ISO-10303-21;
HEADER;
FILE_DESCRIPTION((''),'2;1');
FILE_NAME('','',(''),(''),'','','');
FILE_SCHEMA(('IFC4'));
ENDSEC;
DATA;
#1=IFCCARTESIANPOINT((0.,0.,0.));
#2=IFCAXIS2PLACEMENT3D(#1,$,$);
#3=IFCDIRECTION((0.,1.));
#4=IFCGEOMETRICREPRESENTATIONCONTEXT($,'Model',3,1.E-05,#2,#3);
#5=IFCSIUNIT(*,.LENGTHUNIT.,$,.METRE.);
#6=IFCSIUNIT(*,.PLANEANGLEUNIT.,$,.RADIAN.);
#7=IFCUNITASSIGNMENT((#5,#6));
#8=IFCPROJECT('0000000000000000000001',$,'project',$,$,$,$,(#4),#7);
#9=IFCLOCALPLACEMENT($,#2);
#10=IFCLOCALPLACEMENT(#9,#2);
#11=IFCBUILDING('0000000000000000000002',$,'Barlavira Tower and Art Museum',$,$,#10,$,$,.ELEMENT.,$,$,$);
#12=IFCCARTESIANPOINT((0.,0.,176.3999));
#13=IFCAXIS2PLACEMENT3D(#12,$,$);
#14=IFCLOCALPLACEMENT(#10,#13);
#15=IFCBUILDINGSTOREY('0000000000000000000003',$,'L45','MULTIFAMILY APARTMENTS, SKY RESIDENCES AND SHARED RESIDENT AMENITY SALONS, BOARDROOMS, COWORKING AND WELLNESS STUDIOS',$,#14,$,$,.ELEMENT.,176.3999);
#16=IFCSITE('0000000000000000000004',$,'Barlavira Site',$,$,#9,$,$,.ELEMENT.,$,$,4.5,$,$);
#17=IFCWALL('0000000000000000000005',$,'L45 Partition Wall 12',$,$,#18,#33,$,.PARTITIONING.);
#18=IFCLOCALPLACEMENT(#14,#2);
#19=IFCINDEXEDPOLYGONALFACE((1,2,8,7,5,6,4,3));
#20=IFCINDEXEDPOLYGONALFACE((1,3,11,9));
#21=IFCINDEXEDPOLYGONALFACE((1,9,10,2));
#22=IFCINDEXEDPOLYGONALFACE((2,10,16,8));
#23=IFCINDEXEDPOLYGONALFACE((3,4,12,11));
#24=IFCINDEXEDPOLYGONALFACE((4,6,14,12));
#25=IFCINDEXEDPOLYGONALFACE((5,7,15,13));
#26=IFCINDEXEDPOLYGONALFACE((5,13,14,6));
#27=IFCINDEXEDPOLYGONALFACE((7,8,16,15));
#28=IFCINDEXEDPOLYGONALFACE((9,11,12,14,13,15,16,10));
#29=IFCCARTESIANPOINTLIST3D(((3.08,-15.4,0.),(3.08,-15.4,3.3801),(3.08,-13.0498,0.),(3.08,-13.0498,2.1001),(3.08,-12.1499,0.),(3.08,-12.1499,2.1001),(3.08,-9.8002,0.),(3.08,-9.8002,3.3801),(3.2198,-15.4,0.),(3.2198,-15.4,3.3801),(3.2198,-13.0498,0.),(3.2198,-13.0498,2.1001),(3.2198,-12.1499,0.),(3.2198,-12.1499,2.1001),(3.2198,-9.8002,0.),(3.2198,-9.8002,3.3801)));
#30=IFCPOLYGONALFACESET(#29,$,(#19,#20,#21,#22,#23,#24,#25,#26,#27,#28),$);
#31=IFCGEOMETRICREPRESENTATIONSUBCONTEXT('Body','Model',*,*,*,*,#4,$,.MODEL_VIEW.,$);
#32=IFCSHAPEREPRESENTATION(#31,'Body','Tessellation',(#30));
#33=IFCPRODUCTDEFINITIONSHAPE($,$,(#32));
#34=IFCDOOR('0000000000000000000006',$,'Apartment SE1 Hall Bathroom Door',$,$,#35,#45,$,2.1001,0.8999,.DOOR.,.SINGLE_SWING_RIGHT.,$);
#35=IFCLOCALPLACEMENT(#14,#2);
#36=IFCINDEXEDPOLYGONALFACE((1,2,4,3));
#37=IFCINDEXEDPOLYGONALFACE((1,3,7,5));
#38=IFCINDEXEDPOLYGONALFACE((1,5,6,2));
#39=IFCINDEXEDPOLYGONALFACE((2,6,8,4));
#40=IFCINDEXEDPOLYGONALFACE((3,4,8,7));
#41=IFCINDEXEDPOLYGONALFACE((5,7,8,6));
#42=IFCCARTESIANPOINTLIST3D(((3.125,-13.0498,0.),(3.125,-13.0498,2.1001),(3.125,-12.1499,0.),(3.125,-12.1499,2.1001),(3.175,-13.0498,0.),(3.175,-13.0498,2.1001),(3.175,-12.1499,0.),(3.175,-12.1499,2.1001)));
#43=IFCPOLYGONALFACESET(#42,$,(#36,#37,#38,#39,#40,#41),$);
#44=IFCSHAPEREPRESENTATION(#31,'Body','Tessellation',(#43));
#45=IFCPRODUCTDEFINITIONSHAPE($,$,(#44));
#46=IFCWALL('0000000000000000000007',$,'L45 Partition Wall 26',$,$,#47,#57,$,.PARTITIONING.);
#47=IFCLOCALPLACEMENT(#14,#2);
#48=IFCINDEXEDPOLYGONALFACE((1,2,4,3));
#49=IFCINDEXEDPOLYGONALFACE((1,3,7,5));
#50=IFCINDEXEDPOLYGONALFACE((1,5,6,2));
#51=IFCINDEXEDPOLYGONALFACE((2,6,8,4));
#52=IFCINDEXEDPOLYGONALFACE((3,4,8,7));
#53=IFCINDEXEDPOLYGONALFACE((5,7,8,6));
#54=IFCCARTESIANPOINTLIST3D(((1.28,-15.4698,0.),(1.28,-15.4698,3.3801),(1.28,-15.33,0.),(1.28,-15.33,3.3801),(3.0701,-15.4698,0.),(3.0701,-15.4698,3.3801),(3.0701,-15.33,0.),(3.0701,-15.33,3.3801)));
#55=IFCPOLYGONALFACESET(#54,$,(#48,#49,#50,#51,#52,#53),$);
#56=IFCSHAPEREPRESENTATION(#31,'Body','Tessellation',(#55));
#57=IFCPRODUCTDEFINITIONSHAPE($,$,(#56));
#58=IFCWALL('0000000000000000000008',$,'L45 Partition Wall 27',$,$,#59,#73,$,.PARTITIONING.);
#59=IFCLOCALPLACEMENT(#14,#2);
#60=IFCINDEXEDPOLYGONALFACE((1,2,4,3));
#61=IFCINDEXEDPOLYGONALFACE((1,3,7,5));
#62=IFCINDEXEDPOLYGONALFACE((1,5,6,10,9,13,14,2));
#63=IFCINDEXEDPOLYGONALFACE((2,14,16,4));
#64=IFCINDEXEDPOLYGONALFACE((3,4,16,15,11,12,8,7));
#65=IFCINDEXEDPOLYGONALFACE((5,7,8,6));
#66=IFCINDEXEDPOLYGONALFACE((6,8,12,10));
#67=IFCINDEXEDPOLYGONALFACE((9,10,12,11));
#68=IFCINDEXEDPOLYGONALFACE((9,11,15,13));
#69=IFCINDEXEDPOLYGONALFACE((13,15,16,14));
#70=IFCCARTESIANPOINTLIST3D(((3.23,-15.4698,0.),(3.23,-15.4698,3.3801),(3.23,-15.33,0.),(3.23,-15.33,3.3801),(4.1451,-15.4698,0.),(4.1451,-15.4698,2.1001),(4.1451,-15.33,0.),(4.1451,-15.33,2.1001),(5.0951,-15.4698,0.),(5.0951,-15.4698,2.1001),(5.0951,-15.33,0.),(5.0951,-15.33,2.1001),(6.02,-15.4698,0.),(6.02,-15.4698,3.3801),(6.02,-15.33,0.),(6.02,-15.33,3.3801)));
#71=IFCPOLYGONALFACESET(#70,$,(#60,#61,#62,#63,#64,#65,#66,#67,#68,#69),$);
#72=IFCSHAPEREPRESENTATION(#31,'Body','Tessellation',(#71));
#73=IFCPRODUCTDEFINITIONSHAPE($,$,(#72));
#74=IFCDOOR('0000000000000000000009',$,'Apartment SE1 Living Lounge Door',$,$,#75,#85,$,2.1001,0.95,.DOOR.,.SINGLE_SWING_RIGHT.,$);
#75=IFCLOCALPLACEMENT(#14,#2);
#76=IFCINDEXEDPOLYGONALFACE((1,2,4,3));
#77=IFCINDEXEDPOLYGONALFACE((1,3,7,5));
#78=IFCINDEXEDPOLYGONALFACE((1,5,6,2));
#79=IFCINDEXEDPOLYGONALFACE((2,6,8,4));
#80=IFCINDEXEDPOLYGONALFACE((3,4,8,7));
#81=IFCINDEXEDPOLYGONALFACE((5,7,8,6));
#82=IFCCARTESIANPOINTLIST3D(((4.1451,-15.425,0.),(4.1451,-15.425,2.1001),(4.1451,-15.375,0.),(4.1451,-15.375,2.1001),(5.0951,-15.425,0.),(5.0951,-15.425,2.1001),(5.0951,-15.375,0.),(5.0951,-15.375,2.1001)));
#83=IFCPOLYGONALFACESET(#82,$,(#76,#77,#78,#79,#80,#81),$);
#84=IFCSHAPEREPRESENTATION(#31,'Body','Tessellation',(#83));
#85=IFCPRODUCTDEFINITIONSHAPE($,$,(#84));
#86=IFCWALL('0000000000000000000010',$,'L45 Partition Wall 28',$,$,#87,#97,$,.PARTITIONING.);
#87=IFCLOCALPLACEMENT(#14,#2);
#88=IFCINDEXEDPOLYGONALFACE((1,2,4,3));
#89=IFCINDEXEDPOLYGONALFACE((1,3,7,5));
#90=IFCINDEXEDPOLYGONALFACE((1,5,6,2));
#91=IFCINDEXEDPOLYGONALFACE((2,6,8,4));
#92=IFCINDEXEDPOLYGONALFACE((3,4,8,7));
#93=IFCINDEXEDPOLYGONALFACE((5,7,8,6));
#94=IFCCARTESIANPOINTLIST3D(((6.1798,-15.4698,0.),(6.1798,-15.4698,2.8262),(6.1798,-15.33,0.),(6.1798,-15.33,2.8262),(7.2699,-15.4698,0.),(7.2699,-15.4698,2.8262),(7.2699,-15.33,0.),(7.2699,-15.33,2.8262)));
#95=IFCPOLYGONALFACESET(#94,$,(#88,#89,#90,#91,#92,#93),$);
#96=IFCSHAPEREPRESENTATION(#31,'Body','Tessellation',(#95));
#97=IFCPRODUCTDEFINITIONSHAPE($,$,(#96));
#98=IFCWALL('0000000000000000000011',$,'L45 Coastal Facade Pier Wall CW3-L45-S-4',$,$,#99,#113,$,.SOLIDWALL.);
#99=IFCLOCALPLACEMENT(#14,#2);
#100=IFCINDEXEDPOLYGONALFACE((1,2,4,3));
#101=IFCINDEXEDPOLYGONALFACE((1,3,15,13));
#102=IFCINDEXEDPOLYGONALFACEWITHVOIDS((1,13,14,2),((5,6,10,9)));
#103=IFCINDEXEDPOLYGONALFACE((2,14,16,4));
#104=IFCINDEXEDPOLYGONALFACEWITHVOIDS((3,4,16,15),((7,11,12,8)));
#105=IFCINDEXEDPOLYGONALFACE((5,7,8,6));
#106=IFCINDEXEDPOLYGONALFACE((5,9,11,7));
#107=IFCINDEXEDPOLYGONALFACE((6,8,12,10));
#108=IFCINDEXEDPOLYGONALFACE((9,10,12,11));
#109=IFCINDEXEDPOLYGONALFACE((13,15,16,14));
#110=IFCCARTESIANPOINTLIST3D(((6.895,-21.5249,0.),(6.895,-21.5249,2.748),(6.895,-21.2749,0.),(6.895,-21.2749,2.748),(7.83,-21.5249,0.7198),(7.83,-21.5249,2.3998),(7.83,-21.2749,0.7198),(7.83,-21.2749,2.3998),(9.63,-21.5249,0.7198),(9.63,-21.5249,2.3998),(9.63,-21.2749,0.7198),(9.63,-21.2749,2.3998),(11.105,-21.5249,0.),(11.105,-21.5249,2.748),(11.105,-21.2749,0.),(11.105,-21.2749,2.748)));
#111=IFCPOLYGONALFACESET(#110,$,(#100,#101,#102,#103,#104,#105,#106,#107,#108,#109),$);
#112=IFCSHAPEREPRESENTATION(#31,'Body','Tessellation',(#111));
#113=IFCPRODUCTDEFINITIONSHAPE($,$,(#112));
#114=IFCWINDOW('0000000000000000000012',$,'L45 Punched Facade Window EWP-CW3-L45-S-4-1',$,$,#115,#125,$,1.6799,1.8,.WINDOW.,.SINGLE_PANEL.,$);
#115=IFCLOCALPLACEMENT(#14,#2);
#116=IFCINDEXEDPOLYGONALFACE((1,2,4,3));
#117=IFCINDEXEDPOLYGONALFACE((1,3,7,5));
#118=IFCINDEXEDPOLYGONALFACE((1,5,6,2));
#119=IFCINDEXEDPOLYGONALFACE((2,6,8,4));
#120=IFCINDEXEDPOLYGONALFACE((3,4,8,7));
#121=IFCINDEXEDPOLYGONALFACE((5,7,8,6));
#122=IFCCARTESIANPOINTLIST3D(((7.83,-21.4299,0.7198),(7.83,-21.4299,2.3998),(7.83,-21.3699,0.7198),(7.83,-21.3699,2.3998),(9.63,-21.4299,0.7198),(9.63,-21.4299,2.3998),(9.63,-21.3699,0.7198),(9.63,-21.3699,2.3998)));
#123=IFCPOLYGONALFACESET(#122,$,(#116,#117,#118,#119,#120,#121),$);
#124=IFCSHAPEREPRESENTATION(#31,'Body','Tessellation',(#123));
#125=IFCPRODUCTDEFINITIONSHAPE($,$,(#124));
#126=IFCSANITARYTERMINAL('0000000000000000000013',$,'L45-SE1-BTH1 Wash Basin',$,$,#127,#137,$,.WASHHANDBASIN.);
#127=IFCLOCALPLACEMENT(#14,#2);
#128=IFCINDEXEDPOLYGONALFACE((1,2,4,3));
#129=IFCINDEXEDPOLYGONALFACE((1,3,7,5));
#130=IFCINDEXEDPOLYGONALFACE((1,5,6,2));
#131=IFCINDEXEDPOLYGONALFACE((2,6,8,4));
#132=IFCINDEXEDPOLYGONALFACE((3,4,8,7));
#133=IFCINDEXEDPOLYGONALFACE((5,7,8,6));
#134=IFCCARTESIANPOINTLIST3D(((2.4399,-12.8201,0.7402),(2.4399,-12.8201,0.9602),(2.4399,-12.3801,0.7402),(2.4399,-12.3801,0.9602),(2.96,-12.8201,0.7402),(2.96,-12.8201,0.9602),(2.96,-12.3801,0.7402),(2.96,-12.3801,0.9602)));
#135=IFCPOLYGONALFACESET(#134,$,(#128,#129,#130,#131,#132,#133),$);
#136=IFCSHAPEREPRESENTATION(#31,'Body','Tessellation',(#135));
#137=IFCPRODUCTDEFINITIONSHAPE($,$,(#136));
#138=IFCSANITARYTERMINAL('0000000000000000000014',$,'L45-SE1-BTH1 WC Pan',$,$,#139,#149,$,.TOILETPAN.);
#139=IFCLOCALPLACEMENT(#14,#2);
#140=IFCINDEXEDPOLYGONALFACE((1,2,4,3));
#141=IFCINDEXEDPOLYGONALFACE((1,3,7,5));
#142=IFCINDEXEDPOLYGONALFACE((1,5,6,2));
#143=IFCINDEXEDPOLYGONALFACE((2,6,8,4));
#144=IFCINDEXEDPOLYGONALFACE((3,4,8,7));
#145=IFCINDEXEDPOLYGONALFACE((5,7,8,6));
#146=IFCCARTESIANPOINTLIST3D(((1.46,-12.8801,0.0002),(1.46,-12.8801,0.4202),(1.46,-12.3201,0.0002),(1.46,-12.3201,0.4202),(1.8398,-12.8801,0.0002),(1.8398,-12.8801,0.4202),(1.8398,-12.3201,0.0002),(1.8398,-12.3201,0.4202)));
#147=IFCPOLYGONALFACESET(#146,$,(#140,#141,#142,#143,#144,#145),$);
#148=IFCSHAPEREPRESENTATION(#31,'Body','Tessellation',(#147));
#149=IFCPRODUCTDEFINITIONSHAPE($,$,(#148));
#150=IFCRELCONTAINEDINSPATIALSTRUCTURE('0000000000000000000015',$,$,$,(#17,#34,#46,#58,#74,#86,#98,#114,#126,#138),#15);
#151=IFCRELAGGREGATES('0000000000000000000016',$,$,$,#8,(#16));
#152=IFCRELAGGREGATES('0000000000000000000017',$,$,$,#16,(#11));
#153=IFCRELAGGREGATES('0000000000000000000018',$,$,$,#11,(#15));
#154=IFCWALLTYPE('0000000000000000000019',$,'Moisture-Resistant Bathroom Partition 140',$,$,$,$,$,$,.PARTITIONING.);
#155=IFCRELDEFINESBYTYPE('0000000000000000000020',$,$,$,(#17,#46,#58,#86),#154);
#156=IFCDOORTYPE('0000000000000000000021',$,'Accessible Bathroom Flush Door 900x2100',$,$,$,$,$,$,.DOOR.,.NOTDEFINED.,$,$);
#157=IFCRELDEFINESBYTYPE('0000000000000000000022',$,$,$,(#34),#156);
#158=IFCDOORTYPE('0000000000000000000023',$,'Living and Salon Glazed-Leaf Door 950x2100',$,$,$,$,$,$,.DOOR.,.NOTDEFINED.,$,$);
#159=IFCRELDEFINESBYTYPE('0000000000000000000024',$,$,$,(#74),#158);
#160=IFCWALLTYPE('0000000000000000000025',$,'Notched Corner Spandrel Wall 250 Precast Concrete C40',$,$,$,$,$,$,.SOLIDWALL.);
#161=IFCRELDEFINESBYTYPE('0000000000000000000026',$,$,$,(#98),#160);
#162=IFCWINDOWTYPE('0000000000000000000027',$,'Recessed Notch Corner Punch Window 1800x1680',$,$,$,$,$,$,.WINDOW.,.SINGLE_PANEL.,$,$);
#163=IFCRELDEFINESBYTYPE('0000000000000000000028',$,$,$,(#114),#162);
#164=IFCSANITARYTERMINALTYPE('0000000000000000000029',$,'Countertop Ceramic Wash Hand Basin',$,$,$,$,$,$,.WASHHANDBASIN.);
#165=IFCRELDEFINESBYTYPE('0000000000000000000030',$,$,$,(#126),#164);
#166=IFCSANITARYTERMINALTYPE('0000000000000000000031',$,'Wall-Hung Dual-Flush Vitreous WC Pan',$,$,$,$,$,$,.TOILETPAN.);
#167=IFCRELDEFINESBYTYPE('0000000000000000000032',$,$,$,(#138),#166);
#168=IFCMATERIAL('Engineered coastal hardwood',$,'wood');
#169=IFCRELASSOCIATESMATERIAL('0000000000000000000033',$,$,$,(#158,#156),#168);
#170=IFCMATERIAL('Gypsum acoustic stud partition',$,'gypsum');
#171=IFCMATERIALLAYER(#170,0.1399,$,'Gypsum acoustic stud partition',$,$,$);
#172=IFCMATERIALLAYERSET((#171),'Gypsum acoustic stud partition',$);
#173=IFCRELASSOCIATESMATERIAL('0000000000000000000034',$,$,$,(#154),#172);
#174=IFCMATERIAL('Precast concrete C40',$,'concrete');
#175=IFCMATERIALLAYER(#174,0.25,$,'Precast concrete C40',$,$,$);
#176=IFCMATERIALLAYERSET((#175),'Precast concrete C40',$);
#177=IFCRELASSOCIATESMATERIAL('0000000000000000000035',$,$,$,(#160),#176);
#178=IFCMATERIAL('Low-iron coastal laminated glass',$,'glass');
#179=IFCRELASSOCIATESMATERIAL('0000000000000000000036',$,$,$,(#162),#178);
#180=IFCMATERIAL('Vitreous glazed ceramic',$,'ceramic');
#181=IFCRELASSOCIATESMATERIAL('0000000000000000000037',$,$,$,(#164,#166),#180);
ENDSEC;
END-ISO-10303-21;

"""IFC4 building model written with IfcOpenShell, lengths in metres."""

from ifc_helpers import new_model, si_unit, direction, frame, frame_2d, origin, origin_2d, place, context, subcontext, project, spatial, rectangle, extrude, material, layer, layer_set, type_object, element, fill, save


model = new_model("IFC4")

# Units and contexts
model_context = context("Model", 3, precision=1e-05, world=origin(), true_north=direction((0.0, 1.0)))
body_context = subcontext(model_context, "Body", "Model", "MODEL_VIEW")
ifc_project = project(units=[si_unit("LENGTHUNIT", "METRE"), si_unit("PLANEANGLEUNIT", "RADIAN")], contexts=[model_context])

# Site, building, storey
site_placement = place(None, origin())
site = spatial("IfcSite", under=ifc_project, at=site_placement, Name="Barlavira Site", CompositionType="ELEMENT", RefElevation=4.5)
building_placement = place(site_placement, origin())
building = spatial("IfcBuilding", under=site, at=building_placement, Name="Barlavira Tower and Art Museum", CompositionType="ELEMENT")
storey_placement = place(building_placement, frame((0.0, 0.0, 176.3999)))
storey = spatial("IfcBuildingStorey", under=building, at=storey_placement, Name="L45", Description="MULTIFAMILY APARTMENTS, SKY RESIDENCES AND SHARED RESIDENT AMENITY SALONS, BOARDROOMS, COWORKING AND WELLNESS STUDIOS", CompositionType="ELEMENT", Elevation=176.3999)

# Shared definitions
ifc_material_1 = material(Name="Low-iron coastal laminated glass", Category="glass")

# Shared definitions
ifc_material_2 = material(Name="Gypsum acoustic stud partition", Category="gypsum")
ifc_material_3 = material(Name="Engineered coastal hardwood", Category="wood")
door_type_1 = type_object("IfcDoorType", Name="Living and Salon Glazed-Leaf Door 950x2100", OperationType="NOTDEFINED", PredefinedType="DOOR", material=ifc_material_3)

# Wall, opening, door
ifc_layer_1 = layer(ifc_material_2, 0.1399, Name="Gypsum acoustic stud partition")
ifc_layer_set_1 = layer_set([ifc_layer_1], Name="Gypsum acoustic stud partition")
wall_type_1 = type_object("IfcWallType", Name="Moisture-Resistant Bathroom Partition 140", PredefinedType="PARTITIONING", material=ifc_layer_set_1)
wall_1_placement = place(storey_placement, frame((3.1499, -15.3999, 0.0), z_axis=(0.0, 0.0, 1.0), x_axis=(0.0, 1.0, 0.0)))
wall_1 = element("IfcWall", 1, at=wall_1_placement, inside=storey, type_object=wall_type_1, Name="L45 Partition Wall 12", PredefinedType="PARTITIONING", context=body_context, shape_type="SweptSolid", body=[
    extrude(rectangle(XDim=5.5999, YDim=0.1399, at=frame_2d((2.7998, 0.0))), origin(), (0.0, 0.0, 1.0), 3.3801),
])
opening_1_placement = place(wall_1_placement, frame((2.3501, 0.0, 0.0)))
opening_1 = element("IfcOpeningElement", 2, at=opening_1_placement, cuts=wall_1, PredefinedType="OPENING", context=body_context, shape_type="SweptSolid", body=[
    extrude(rectangle(XDim=0.8999, YDim=2.1001, at=frame_2d((0.45, 1.05))), frame((0.0, 0.0801, 0.0), z_axis=(0.0, -1.0, 0.0), x_axis=(1.0, 0.0, 0.0)), (0.0, 0.0, 1.0), 0.1599),
])
door_type_2 = type_object("IfcDoorType", Name="Accessible Bathroom Flush Door 900x2100", OperationType="NOTDEFINED", PredefinedType="DOOR", material=ifc_material_3)
door_1_placement = place(opening_1_placement, origin())
door_1 = element("IfcDoor", 3, at=door_1_placement, inside=storey, type_object=door_type_2, Name="Apartment SE1 Hall Bathroom Door", OperationType="SINGLE_SWING_RIGHT", OverallHeight=2.1001, OverallWidth=0.8999, PredefinedType="DOOR", context=body_context, shape_type="SweptSolid", body=[
    extrude(rectangle(XDim=0.8999, YDim=2.1001, at=frame_2d((0.45, 1.05))), frame((0.0, 0.0249, 0.0), z_axis=(0.0, -1.0, 0.0), x_axis=(1.0, 0.0, 0.0)), (0.0, 0.0, 1.0), 0.05),
])
fill(opening_1, door_1)

# Wall
wall_2_placement = place(storey_placement, frame((1.28, -15.3999, 0.0), z_axis=(0.0, 0.0, 1.0), x_axis=(1.0, 0.0, 0.0)))
element("IfcWall", 4, at=wall_2_placement, inside=storey, type_object=wall_type_1, Name="L45 Partition Wall 26", PredefinedType="PARTITIONING", context=body_context, shape_type="SweptSolid", body=[
    extrude(rectangle(XDim=1.79, YDim=0.1399, at=frame_2d((0.895, 0.0))), origin(), (0.0, 0.0, 1.0), 3.3801),
])

# Wall, opening, door
wall_3_placement = place(storey_placement, frame((3.23, -15.3999, 0.0), z_axis=(0.0, 0.0, 1.0), x_axis=(1.0, 0.0, 0.0)))
wall_3 = element("IfcWall", 5, at=wall_3_placement, inside=storey, type_object=wall_type_1, Name="L45 Partition Wall 27", PredefinedType="PARTITIONING", context=body_context, shape_type="SweptSolid", body=[
    extrude(rectangle(XDim=2.79, YDim=0.1399, at=frame_2d((1.395, 0.0))), origin(), (0.0, 0.0, 1.0), 3.3801),
])
opening_2_placement = place(wall_3_placement, frame((0.915, 0.0, 0.0)))
opening_2 = element("IfcOpeningElement", 6, at=opening_2_placement, cuts=wall_3, PredefinedType="OPENING", context=body_context, shape_type="SweptSolid", body=[
    extrude(rectangle(XDim=0.95, YDim=2.1001, at=frame_2d((0.4751, 1.05))), frame((0.0, 0.0801, 0.0), z_axis=(0.0, -1.0, 0.0), x_axis=(1.0, 0.0, 0.0)), (0.0, 0.0, 1.0), 0.1599),
])
door_2_placement = place(opening_2_placement, origin())
door_2 = element("IfcDoor", 7, at=door_2_placement, inside=storey, type_object=door_type_1, Name="Apartment SE1 Living Lounge Door", OperationType="SINGLE_SWING_RIGHT", OverallHeight=2.1001, OverallWidth=0.95, PredefinedType="DOOR", context=body_context, shape_type="SweptSolid", body=[
    extrude(rectangle(XDim=0.95, YDim=2.1001, at=frame_2d((0.4751, 1.05))), frame((0.0, 0.0249, 0.0), z_axis=(0.0, -1.0, 0.0), x_axis=(1.0, 0.0, 0.0)), (0.0, 0.0, 1.0), 0.05),
])
fill(opening_2, door_2)

# Wall
wall_4_placement = place(storey_placement, frame((6.1799, -15.3999, 0.0), z_axis=(0.0, 0.0, 1.0), x_axis=(1.0, 0.0, 0.0)))
element("IfcWall", 8, at=wall_4_placement, inside=storey, type_object=wall_type_1, Name="L45 Partition Wall 28", PredefinedType="PARTITIONING", context=body_context, shape_type="SweptSolid", body=[
    extrude(rectangle(XDim=1.0901, YDim=0.1399, at=frame_2d((0.5449, 0.0))), origin(), (0.0, 0.0, 1.0), 2.8262),
])

# Wall, opening, window
ifc_material_4 = material(Name="Precast concrete C40", Category="concrete")
ifc_layer_2 = layer(ifc_material_4, 0.25, Name="Precast concrete C40")
ifc_layer_set_2 = layer_set([ifc_layer_2], Name="Precast concrete C40")
wall_type_2 = type_object("IfcWallType", Name="Notched Corner Spandrel Wall 250 Precast Concrete C40", PredefinedType="SOLIDWALL", material=ifc_layer_set_2)
wall_5_placement = place(storey_placement, frame((6.895, -21.3999, 0.0), z_axis=(0.0, 0.0, 1.0), x_axis=(1.0, 0.0, 0.0)))
wall_5 = element("IfcWall", 9, at=wall_5_placement, inside=storey, type_object=wall_type_2, Name="L45 Coastal Facade Pier Wall CW3-L45-S-4", PredefinedType="SOLIDWALL", context=body_context, shape_type="SweptSolid", body=[
    extrude(rectangle(XDim=4.21, YDim=0.25, at=frame_2d((2.105, 0.0))), origin(), (0.0, 0.0, 1.0), 2.748),
])
opening_3_placement = place(wall_5_placement, frame((0.9351, 0.0, 0.72)))
opening_3 = element("IfcOpeningElement", 10, at=opening_3_placement, cuts=wall_5, PredefinedType="OPENING", context=body_context, shape_type="SweptSolid", body=[
    extrude(rectangle(XDim=1.8, YDim=1.6799, at=frame_2d((0.8999, 0.8398))), frame((0.0, 0.135, 0.0), z_axis=(0.0, -1.0, 0.0), x_axis=(1.0, 0.0, 0.0)), (0.0, 0.0, 1.0), 0.27),
])
window_type = type_object("IfcWindowType", Name="Recessed Notch Corner Punch Window 1800x1680", PartitioningType="SINGLE_PANEL", PredefinedType="WINDOW", material=ifc_material_1)
window_placement = place(opening_3_placement, origin())
window = element("IfcWindow", 11, at=window_placement, inside=storey, type_object=window_type, Name="L45 Punched Facade Window EWP-CW3-L45-S-4-1", OverallHeight=1.6799, OverallWidth=1.8, PartitioningType="SINGLE_PANEL", PredefinedType="WINDOW", context=body_context, shape_type="SweptSolid", body=[
    extrude(rectangle(XDim=1.8, YDim=1.6799, at=frame_2d((0.8999, 0.8398))), frame((0.0, 0.03, 0.0), z_axis=(0.0, -1.0, 0.0), x_axis=(1.0, 0.0, 0.0)), (0.0, 0.0, 1.0), 0.0601),
])
fill(opening_3, window)

# Sanitary terminals
ifc_material_5 = material(Name="Vitreous glazed ceramic", Category="ceramic")
sanitary_terminal_type_1 = type_object("IfcSanitaryTerminalType", Name="Countertop Ceramic Wash Hand Basin", PredefinedType="WASHHANDBASIN", material=ifc_material_5)
sanitary_terminal_1_placement = place(storey_placement, frame((2.7, -12.6001, 0.7402), z_axis=(0.0, 0.0, 1.0), x_axis=(1.0, 0.0, 0.0)))
element("IfcSanitaryTerminal", 12, at=sanitary_terminal_1_placement, inside=storey, type_object=sanitary_terminal_type_1, Name="L45-SE1-BTH1 Wash Basin", PredefinedType="WASHHANDBASIN", context=body_context, shape_type="SweptSolid", body=[
    extrude(rectangle(XDim=0.52, YDim=0.4399, at=origin_2d()), origin(), (0.0, 0.0, 1.0), 0.22),
])
sanitary_terminal_type_2 = type_object("IfcSanitaryTerminalType", Name="Wall-Hung Dual-Flush Vitreous WC Pan", PredefinedType="TOILETPAN", material=ifc_material_5)
sanitary_terminal_2_placement = place(storey_placement, frame((1.6499, -12.6001, 0.0002), z_axis=(0.0, 0.0, 1.0), x_axis=(1.0, 0.0, 0.0)))
element("IfcSanitaryTerminal", 13, at=sanitary_terminal_2_placement, inside=storey, type_object=sanitary_terminal_type_2, Name="L45-SE1-BTH1 WC Pan", PredefinedType="TOILETPAN", context=body_context, shape_type="SweptSolid", body=[
    extrude(rectangle(XDim=0.3799, YDim=0.5601, at=origin_2d()), origin(), (0.0, 0.0, 1.0), 0.4199),
])

save(model, "model.ifc")
